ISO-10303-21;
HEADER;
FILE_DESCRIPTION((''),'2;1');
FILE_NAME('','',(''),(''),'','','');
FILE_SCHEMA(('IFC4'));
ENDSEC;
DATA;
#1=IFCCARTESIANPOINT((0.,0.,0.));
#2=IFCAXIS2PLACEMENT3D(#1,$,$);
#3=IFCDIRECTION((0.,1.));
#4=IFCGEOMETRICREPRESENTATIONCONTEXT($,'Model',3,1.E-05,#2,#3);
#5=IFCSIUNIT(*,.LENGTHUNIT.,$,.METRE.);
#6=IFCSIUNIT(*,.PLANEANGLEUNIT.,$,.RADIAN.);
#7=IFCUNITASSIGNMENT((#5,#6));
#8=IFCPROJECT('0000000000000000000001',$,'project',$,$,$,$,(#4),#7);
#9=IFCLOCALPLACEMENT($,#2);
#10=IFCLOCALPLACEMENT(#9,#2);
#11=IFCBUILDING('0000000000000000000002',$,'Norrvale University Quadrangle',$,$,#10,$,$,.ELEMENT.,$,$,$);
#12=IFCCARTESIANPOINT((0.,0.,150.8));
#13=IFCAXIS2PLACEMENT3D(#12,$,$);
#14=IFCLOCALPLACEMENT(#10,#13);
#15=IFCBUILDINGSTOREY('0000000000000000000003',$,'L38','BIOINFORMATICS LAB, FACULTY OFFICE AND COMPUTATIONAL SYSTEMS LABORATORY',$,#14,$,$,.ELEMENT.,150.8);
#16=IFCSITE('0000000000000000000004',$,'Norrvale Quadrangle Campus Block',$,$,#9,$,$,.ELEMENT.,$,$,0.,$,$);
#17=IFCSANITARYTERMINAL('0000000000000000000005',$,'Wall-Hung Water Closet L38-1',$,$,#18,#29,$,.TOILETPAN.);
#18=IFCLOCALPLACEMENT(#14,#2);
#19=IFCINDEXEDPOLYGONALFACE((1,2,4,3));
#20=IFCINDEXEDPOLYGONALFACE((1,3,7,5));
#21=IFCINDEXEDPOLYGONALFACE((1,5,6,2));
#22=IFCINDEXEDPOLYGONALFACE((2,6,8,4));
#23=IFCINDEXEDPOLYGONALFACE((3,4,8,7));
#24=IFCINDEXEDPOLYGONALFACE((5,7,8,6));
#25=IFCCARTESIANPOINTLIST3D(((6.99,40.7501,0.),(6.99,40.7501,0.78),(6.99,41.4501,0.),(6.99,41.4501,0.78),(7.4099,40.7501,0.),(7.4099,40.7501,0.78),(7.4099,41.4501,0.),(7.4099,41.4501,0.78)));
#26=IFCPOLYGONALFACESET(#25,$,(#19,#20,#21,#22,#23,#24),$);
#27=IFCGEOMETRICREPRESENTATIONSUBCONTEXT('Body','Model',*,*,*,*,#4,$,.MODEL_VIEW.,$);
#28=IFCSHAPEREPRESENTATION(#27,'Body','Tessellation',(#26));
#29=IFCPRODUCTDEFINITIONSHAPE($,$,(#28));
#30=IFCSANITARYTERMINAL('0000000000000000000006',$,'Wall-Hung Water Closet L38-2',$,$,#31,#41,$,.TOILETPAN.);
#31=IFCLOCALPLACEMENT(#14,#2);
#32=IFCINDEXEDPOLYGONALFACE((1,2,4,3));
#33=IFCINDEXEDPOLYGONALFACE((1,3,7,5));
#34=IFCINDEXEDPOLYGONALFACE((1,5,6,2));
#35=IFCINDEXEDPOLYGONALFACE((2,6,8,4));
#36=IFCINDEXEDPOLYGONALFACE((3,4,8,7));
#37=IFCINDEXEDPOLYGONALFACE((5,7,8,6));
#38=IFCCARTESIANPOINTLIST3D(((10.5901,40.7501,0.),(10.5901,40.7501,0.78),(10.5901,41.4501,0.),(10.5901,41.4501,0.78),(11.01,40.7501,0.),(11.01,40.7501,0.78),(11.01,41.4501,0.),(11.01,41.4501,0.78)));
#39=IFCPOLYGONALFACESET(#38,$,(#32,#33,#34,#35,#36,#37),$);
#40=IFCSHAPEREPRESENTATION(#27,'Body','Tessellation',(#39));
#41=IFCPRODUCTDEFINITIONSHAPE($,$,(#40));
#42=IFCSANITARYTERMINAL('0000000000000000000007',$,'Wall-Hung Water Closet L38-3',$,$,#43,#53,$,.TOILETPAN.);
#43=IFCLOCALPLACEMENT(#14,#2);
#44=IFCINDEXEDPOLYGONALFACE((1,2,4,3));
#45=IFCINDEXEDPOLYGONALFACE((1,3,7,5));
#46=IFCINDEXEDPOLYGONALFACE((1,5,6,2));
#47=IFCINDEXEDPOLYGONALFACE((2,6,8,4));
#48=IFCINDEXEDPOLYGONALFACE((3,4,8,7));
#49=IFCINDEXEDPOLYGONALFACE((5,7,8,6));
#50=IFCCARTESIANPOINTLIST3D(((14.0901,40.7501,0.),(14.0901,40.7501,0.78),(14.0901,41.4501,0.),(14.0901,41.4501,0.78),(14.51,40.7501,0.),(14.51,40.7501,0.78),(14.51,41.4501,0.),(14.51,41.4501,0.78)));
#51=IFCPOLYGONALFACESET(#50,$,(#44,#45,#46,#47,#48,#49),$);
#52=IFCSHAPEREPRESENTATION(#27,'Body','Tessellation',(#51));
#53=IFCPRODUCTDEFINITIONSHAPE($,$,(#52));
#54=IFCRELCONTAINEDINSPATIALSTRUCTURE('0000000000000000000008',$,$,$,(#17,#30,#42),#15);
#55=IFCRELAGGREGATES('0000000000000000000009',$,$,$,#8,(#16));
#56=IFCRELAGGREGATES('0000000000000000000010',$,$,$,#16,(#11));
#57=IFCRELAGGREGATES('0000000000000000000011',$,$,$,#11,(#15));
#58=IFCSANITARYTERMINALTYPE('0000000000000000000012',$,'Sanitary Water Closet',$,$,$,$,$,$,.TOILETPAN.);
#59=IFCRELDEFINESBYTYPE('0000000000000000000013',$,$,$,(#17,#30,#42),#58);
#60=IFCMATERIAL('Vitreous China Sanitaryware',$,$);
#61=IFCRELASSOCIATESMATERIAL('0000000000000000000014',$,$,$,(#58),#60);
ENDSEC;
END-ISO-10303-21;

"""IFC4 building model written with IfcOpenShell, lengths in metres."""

from ifc_helpers import new_model, si_unit, direction, frame, origin, origin_2d, place, context, subcontext, project, spatial, rectangle, extrude, material, type_object, element, save


model = new_model("IFC4")

# Units and contexts
model_context = context("Model", 3, precision=1e-05, world=origin(), true_north=direction((0.0, 1.0)))
body_context = subcontext(model_context, "Body", "Model", "MODEL_VIEW")
ifc_project = project(units=[si_unit("LENGTHUNIT", "METRE"), si_unit("PLANEANGLEUNIT", "RADIAN")], contexts=[model_context])

# Site, building, storey
site_placement = place(None, origin())
site = spatial("IfcSite", under=ifc_project, at=site_placement, Name="Norrvale Quadrangle Campus Block", CompositionType="ELEMENT", RefElevation=0.0)
building_placement = place(site_placement, origin())
building = spatial("IfcBuilding", under=site, at=building_placement, Name="Norrvale University Quadrangle", CompositionType="ELEMENT")
storey_placement = place(building_placement, frame((0.0, 0.0, 150.8)))
storey = spatial("IfcBuildingStorey", under=building, at=storey_placement, Name="L38", Description="BIOINFORMATICS LAB, FACULTY OFFICE AND COMPUTATIONAL SYSTEMS LABORATORY", CompositionType="ELEMENT", Elevation=150.8)

# Sanitary terminals
ifc_material_1 = material(Name="Vitreous China Sanitaryware")
sanitary_terminal_type_1 = type_object("IfcSanitaryTerminalType", Name="Sanitary Water Closet", PredefinedType="TOILETPAN", material=ifc_material_1)
for number, where, z_axis, x_axis, name in (
    (1, (7.2, 41.1001, 0.0), (0.0, 0.0, 1.0), (1.0, 0.0, 0.0), "Wall-Hung Water Closet L38-1"),
    (2, (10.8, 41.1001, 0.0), (0.0, 0.0, 1.0), (1.0, 0.0, 0.0), "Wall-Hung Water Closet L38-2"),
    (3, (14.3, 41.1001, 0.0), (0.0, 0.0, 1.0), (1.0, 0.0, 0.0), "Wall-Hung Water Closet L38-3"),
):
    element("IfcSanitaryTerminal", number, at=place(storey_placement, frame(where, z_axis=z_axis, x_axis=x_axis)), inside=storey, type_object=sanitary_terminal_type_1, Name=name, PredefinedType="TOILETPAN", context=body_context, shape_type="SweptSolid", body=[
        extrude(rectangle(XDim=0.4199, YDim=0.7, at=origin_2d()), origin(), (0.0, 0.0, 1.0), 0.78),
    ])

save(model, "model.ifc")
